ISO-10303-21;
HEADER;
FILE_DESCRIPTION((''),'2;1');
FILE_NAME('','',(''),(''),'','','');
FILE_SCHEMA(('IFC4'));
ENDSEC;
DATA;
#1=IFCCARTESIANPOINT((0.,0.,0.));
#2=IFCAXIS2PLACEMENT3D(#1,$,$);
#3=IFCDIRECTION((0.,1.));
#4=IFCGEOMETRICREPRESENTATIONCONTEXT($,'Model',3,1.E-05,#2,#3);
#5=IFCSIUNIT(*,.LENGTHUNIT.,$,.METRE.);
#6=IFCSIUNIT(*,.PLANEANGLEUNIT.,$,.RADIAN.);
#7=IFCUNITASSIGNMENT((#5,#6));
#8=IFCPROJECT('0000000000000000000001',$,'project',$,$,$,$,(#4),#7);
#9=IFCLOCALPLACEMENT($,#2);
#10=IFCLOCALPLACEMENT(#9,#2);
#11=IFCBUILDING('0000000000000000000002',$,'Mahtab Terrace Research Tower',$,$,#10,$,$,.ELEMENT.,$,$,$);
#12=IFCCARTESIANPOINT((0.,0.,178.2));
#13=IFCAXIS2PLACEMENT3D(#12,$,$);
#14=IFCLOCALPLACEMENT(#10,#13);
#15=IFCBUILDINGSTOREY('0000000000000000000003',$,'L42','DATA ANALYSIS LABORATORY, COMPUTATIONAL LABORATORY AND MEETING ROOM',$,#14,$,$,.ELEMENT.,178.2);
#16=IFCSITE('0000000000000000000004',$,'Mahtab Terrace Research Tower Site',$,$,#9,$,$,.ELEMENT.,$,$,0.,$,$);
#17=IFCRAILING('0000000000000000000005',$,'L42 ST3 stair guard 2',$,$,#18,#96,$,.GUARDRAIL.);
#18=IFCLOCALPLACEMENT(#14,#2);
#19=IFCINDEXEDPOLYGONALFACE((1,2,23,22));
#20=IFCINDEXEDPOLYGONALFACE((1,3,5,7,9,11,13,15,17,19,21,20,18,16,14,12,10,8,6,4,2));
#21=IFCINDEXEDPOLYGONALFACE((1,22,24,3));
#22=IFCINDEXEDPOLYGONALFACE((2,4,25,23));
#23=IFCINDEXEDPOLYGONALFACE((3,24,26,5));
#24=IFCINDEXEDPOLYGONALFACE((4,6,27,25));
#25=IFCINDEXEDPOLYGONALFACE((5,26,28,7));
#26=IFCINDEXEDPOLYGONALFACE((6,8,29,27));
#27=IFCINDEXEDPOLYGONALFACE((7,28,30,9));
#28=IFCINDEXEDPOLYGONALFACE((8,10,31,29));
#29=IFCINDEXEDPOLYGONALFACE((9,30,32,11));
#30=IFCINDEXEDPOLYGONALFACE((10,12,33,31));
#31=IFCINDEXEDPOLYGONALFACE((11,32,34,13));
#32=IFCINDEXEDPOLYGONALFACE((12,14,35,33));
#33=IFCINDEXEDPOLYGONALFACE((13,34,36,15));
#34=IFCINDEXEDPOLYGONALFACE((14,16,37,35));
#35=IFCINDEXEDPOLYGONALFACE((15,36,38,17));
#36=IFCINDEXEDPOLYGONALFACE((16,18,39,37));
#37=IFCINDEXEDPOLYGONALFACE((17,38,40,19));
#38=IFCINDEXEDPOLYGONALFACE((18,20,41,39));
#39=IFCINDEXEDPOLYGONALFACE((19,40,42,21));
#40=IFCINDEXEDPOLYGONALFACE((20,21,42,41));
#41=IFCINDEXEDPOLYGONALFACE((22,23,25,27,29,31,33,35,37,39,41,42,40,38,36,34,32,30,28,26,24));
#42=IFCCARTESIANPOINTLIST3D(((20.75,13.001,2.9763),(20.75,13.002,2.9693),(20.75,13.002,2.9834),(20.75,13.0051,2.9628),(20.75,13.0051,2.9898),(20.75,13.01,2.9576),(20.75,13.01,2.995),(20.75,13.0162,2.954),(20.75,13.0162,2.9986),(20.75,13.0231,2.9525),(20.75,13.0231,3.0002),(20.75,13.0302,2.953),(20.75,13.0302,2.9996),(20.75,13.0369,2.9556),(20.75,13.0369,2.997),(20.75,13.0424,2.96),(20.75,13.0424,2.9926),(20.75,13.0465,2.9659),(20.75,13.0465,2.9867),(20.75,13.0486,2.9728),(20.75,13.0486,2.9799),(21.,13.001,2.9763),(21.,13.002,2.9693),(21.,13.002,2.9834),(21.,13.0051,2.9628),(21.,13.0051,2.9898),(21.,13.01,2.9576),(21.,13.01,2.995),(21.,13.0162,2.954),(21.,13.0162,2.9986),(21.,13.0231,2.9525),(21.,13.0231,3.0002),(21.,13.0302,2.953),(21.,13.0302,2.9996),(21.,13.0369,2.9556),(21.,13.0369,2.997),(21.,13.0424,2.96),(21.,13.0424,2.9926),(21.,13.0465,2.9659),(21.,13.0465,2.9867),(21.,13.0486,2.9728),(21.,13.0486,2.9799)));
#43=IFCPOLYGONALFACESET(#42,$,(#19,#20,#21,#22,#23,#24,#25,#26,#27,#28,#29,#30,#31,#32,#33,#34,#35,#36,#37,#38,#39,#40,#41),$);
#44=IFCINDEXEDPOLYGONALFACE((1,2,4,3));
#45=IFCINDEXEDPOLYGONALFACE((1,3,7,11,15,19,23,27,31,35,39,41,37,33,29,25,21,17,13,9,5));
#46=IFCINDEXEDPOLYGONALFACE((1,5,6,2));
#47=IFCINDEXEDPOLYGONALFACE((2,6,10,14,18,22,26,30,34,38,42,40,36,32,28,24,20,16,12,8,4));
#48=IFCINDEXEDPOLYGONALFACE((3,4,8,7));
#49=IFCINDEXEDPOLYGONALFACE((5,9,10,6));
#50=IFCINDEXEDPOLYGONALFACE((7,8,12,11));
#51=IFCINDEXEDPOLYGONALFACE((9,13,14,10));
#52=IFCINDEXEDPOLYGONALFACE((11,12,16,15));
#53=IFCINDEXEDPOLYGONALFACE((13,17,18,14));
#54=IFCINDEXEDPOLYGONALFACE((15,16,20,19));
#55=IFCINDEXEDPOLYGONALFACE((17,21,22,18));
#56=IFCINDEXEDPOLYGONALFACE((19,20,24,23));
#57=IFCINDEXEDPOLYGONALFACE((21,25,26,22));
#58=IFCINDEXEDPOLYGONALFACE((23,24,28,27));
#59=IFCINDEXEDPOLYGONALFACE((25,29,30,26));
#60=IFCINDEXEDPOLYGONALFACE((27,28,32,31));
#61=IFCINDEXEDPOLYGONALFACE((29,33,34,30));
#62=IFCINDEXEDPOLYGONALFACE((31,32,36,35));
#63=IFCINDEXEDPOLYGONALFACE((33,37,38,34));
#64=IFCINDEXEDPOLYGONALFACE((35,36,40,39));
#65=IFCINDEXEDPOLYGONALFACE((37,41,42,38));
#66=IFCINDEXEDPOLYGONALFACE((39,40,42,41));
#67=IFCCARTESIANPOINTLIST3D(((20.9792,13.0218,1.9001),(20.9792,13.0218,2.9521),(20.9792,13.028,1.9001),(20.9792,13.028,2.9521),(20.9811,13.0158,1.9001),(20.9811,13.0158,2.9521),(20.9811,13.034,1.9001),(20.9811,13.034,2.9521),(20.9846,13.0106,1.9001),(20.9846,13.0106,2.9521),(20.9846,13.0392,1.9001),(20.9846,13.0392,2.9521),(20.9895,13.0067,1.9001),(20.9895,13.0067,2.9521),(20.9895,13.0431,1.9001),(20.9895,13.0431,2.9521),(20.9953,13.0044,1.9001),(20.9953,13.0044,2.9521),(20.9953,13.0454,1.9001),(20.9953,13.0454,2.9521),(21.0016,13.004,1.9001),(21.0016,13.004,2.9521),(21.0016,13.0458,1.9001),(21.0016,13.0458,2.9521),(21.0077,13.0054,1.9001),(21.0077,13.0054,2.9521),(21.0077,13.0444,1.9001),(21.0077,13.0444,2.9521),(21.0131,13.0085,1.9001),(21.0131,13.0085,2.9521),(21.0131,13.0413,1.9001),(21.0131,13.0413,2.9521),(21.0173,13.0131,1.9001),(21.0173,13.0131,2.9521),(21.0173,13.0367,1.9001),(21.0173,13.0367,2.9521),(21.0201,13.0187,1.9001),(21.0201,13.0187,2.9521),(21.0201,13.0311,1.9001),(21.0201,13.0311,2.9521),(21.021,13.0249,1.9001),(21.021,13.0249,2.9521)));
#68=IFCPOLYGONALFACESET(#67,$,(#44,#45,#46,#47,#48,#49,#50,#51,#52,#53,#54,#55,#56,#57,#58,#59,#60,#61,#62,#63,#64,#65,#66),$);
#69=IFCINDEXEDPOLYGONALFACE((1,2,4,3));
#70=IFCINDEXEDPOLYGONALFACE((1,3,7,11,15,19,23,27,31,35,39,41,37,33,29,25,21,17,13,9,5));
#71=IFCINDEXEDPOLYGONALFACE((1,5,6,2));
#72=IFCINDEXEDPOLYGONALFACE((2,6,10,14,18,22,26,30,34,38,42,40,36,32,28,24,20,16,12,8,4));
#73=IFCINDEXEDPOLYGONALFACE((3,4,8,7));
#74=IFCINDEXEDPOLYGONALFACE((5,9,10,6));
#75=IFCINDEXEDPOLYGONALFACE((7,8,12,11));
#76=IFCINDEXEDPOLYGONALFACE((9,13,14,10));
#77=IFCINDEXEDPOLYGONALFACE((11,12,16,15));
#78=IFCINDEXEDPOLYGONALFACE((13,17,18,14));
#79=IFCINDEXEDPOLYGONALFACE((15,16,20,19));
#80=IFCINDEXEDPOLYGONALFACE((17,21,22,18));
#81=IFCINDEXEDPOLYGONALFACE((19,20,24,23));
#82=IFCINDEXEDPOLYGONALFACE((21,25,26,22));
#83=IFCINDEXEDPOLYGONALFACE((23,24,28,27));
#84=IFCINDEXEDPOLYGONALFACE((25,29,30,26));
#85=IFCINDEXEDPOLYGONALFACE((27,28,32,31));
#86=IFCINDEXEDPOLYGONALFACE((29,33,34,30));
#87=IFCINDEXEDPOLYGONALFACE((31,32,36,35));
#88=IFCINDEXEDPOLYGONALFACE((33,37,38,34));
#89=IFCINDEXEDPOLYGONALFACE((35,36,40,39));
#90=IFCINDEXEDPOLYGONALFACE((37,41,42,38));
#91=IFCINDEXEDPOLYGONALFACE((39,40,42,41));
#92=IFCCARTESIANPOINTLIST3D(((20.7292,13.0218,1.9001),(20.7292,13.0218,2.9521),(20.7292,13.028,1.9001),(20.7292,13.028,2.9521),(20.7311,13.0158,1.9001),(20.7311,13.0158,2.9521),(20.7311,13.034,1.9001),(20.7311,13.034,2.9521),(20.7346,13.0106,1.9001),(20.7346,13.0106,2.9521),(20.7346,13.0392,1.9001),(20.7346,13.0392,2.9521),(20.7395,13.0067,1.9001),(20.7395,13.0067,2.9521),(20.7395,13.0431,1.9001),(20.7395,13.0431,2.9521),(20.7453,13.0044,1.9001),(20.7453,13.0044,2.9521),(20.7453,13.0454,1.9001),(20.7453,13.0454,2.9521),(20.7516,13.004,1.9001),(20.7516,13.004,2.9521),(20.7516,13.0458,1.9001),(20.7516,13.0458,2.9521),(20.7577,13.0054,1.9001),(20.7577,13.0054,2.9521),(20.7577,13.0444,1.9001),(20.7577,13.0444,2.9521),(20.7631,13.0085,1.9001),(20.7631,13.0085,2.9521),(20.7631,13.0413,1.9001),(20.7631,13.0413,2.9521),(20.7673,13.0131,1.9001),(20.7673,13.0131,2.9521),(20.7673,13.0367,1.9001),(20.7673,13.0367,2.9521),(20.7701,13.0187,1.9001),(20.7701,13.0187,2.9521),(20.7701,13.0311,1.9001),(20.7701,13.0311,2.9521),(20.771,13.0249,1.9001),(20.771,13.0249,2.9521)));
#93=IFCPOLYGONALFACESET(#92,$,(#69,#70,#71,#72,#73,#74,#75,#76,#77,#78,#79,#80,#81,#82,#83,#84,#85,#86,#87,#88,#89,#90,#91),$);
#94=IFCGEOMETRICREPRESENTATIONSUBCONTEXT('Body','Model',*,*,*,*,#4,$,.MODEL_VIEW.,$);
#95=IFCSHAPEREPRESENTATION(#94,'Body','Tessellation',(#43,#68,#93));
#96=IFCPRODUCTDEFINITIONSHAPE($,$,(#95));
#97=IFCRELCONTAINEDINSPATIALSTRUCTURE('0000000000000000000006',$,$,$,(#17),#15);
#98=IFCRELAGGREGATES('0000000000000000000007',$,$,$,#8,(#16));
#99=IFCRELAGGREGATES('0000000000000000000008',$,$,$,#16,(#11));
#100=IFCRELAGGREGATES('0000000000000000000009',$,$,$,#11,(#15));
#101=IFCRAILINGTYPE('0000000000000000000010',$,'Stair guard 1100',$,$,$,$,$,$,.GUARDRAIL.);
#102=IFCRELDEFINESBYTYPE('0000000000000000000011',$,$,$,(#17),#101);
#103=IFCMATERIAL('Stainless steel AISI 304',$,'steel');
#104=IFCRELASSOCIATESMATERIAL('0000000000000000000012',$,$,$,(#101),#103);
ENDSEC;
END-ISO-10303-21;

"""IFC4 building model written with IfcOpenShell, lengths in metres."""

from ifc_helpers import new_model, si_unit, direction, frame, origin, origin_2d, place, context, subcontext, project, spatial, circle, extrude, material, type_object, element, save


model = new_model("IFC4")

# Units and contexts
model_context = context("Model", 3, precision=1e-05, world=origin(), true_north=direction((0.0, 1.0)))
body_context = subcontext(model_context, "Body", "Model", "MODEL_VIEW")
ifc_project = project(units=[si_unit("LENGTHUNIT", "METRE"), si_unit("PLANEANGLEUNIT", "RADIAN")], contexts=[model_context])

# Site, building, storey
site_placement = place(None, origin())
site = spatial("IfcSite", under=ifc_project, at=site_placement, Name="Mahtab Terrace Research Tower Site", CompositionType="ELEMENT", RefElevation=0.0)
building_placement = place(site_placement, origin())
building = spatial("IfcBuilding", under=site, at=building_placement, Name="Mahtab Terrace Research Tower", CompositionType="ELEMENT")
storey_placement = place(building_placement, frame((0.0, 0.0, 178.2)))
storey = spatial("IfcBuildingStorey", under=building, at=storey_placement, Name="L42", Description="DATA ANALYSIS LABORATORY, COMPUTATIONAL LABORATORY AND MEETING ROOM", CompositionType="ELEMENT", Elevation=178.2)

# Shared definitions
ifc_material_1 = material(Name="Stainless steel AISI 304", Category="steel")

# Railing
railing_type_1 = type_object("IfcRailingType", Name="Stair guard 1100", PredefinedType="GUARDRAIL", material=ifc_material_1)
railing_1_placement = place(storey_placement, frame((21.0, 13.0249, 1.9001)))
element("IfcRailing", 1, at=railing_1_placement, inside=storey, type_object=railing_type_1, Name="L42 ST3 stair guard 2", PredefinedType="GUARDRAIL", context=body_context, shape_type="SweptSolid", body=[
    extrude(circle(Radius=0.0239, at=origin_2d()), frame((0.0, 0.0, 1.0762), z_axis=(-1.0, 0.0, 0.0), x_axis=(0.0, -1.0, 0.0)), (0.0, 0.0, 1.0), 0.25),
    extrude(circle(Radius=0.021, at=origin_2d()), origin(), (0.0, 0.0, 1.0), 1.052),
    extrude(circle(Radius=0.021, at=origin_2d()), frame((-0.25, 0.0, 0.0)), (0.0, 0.0, 1.0), 1.052),
])

save(model, "model.ifc")
